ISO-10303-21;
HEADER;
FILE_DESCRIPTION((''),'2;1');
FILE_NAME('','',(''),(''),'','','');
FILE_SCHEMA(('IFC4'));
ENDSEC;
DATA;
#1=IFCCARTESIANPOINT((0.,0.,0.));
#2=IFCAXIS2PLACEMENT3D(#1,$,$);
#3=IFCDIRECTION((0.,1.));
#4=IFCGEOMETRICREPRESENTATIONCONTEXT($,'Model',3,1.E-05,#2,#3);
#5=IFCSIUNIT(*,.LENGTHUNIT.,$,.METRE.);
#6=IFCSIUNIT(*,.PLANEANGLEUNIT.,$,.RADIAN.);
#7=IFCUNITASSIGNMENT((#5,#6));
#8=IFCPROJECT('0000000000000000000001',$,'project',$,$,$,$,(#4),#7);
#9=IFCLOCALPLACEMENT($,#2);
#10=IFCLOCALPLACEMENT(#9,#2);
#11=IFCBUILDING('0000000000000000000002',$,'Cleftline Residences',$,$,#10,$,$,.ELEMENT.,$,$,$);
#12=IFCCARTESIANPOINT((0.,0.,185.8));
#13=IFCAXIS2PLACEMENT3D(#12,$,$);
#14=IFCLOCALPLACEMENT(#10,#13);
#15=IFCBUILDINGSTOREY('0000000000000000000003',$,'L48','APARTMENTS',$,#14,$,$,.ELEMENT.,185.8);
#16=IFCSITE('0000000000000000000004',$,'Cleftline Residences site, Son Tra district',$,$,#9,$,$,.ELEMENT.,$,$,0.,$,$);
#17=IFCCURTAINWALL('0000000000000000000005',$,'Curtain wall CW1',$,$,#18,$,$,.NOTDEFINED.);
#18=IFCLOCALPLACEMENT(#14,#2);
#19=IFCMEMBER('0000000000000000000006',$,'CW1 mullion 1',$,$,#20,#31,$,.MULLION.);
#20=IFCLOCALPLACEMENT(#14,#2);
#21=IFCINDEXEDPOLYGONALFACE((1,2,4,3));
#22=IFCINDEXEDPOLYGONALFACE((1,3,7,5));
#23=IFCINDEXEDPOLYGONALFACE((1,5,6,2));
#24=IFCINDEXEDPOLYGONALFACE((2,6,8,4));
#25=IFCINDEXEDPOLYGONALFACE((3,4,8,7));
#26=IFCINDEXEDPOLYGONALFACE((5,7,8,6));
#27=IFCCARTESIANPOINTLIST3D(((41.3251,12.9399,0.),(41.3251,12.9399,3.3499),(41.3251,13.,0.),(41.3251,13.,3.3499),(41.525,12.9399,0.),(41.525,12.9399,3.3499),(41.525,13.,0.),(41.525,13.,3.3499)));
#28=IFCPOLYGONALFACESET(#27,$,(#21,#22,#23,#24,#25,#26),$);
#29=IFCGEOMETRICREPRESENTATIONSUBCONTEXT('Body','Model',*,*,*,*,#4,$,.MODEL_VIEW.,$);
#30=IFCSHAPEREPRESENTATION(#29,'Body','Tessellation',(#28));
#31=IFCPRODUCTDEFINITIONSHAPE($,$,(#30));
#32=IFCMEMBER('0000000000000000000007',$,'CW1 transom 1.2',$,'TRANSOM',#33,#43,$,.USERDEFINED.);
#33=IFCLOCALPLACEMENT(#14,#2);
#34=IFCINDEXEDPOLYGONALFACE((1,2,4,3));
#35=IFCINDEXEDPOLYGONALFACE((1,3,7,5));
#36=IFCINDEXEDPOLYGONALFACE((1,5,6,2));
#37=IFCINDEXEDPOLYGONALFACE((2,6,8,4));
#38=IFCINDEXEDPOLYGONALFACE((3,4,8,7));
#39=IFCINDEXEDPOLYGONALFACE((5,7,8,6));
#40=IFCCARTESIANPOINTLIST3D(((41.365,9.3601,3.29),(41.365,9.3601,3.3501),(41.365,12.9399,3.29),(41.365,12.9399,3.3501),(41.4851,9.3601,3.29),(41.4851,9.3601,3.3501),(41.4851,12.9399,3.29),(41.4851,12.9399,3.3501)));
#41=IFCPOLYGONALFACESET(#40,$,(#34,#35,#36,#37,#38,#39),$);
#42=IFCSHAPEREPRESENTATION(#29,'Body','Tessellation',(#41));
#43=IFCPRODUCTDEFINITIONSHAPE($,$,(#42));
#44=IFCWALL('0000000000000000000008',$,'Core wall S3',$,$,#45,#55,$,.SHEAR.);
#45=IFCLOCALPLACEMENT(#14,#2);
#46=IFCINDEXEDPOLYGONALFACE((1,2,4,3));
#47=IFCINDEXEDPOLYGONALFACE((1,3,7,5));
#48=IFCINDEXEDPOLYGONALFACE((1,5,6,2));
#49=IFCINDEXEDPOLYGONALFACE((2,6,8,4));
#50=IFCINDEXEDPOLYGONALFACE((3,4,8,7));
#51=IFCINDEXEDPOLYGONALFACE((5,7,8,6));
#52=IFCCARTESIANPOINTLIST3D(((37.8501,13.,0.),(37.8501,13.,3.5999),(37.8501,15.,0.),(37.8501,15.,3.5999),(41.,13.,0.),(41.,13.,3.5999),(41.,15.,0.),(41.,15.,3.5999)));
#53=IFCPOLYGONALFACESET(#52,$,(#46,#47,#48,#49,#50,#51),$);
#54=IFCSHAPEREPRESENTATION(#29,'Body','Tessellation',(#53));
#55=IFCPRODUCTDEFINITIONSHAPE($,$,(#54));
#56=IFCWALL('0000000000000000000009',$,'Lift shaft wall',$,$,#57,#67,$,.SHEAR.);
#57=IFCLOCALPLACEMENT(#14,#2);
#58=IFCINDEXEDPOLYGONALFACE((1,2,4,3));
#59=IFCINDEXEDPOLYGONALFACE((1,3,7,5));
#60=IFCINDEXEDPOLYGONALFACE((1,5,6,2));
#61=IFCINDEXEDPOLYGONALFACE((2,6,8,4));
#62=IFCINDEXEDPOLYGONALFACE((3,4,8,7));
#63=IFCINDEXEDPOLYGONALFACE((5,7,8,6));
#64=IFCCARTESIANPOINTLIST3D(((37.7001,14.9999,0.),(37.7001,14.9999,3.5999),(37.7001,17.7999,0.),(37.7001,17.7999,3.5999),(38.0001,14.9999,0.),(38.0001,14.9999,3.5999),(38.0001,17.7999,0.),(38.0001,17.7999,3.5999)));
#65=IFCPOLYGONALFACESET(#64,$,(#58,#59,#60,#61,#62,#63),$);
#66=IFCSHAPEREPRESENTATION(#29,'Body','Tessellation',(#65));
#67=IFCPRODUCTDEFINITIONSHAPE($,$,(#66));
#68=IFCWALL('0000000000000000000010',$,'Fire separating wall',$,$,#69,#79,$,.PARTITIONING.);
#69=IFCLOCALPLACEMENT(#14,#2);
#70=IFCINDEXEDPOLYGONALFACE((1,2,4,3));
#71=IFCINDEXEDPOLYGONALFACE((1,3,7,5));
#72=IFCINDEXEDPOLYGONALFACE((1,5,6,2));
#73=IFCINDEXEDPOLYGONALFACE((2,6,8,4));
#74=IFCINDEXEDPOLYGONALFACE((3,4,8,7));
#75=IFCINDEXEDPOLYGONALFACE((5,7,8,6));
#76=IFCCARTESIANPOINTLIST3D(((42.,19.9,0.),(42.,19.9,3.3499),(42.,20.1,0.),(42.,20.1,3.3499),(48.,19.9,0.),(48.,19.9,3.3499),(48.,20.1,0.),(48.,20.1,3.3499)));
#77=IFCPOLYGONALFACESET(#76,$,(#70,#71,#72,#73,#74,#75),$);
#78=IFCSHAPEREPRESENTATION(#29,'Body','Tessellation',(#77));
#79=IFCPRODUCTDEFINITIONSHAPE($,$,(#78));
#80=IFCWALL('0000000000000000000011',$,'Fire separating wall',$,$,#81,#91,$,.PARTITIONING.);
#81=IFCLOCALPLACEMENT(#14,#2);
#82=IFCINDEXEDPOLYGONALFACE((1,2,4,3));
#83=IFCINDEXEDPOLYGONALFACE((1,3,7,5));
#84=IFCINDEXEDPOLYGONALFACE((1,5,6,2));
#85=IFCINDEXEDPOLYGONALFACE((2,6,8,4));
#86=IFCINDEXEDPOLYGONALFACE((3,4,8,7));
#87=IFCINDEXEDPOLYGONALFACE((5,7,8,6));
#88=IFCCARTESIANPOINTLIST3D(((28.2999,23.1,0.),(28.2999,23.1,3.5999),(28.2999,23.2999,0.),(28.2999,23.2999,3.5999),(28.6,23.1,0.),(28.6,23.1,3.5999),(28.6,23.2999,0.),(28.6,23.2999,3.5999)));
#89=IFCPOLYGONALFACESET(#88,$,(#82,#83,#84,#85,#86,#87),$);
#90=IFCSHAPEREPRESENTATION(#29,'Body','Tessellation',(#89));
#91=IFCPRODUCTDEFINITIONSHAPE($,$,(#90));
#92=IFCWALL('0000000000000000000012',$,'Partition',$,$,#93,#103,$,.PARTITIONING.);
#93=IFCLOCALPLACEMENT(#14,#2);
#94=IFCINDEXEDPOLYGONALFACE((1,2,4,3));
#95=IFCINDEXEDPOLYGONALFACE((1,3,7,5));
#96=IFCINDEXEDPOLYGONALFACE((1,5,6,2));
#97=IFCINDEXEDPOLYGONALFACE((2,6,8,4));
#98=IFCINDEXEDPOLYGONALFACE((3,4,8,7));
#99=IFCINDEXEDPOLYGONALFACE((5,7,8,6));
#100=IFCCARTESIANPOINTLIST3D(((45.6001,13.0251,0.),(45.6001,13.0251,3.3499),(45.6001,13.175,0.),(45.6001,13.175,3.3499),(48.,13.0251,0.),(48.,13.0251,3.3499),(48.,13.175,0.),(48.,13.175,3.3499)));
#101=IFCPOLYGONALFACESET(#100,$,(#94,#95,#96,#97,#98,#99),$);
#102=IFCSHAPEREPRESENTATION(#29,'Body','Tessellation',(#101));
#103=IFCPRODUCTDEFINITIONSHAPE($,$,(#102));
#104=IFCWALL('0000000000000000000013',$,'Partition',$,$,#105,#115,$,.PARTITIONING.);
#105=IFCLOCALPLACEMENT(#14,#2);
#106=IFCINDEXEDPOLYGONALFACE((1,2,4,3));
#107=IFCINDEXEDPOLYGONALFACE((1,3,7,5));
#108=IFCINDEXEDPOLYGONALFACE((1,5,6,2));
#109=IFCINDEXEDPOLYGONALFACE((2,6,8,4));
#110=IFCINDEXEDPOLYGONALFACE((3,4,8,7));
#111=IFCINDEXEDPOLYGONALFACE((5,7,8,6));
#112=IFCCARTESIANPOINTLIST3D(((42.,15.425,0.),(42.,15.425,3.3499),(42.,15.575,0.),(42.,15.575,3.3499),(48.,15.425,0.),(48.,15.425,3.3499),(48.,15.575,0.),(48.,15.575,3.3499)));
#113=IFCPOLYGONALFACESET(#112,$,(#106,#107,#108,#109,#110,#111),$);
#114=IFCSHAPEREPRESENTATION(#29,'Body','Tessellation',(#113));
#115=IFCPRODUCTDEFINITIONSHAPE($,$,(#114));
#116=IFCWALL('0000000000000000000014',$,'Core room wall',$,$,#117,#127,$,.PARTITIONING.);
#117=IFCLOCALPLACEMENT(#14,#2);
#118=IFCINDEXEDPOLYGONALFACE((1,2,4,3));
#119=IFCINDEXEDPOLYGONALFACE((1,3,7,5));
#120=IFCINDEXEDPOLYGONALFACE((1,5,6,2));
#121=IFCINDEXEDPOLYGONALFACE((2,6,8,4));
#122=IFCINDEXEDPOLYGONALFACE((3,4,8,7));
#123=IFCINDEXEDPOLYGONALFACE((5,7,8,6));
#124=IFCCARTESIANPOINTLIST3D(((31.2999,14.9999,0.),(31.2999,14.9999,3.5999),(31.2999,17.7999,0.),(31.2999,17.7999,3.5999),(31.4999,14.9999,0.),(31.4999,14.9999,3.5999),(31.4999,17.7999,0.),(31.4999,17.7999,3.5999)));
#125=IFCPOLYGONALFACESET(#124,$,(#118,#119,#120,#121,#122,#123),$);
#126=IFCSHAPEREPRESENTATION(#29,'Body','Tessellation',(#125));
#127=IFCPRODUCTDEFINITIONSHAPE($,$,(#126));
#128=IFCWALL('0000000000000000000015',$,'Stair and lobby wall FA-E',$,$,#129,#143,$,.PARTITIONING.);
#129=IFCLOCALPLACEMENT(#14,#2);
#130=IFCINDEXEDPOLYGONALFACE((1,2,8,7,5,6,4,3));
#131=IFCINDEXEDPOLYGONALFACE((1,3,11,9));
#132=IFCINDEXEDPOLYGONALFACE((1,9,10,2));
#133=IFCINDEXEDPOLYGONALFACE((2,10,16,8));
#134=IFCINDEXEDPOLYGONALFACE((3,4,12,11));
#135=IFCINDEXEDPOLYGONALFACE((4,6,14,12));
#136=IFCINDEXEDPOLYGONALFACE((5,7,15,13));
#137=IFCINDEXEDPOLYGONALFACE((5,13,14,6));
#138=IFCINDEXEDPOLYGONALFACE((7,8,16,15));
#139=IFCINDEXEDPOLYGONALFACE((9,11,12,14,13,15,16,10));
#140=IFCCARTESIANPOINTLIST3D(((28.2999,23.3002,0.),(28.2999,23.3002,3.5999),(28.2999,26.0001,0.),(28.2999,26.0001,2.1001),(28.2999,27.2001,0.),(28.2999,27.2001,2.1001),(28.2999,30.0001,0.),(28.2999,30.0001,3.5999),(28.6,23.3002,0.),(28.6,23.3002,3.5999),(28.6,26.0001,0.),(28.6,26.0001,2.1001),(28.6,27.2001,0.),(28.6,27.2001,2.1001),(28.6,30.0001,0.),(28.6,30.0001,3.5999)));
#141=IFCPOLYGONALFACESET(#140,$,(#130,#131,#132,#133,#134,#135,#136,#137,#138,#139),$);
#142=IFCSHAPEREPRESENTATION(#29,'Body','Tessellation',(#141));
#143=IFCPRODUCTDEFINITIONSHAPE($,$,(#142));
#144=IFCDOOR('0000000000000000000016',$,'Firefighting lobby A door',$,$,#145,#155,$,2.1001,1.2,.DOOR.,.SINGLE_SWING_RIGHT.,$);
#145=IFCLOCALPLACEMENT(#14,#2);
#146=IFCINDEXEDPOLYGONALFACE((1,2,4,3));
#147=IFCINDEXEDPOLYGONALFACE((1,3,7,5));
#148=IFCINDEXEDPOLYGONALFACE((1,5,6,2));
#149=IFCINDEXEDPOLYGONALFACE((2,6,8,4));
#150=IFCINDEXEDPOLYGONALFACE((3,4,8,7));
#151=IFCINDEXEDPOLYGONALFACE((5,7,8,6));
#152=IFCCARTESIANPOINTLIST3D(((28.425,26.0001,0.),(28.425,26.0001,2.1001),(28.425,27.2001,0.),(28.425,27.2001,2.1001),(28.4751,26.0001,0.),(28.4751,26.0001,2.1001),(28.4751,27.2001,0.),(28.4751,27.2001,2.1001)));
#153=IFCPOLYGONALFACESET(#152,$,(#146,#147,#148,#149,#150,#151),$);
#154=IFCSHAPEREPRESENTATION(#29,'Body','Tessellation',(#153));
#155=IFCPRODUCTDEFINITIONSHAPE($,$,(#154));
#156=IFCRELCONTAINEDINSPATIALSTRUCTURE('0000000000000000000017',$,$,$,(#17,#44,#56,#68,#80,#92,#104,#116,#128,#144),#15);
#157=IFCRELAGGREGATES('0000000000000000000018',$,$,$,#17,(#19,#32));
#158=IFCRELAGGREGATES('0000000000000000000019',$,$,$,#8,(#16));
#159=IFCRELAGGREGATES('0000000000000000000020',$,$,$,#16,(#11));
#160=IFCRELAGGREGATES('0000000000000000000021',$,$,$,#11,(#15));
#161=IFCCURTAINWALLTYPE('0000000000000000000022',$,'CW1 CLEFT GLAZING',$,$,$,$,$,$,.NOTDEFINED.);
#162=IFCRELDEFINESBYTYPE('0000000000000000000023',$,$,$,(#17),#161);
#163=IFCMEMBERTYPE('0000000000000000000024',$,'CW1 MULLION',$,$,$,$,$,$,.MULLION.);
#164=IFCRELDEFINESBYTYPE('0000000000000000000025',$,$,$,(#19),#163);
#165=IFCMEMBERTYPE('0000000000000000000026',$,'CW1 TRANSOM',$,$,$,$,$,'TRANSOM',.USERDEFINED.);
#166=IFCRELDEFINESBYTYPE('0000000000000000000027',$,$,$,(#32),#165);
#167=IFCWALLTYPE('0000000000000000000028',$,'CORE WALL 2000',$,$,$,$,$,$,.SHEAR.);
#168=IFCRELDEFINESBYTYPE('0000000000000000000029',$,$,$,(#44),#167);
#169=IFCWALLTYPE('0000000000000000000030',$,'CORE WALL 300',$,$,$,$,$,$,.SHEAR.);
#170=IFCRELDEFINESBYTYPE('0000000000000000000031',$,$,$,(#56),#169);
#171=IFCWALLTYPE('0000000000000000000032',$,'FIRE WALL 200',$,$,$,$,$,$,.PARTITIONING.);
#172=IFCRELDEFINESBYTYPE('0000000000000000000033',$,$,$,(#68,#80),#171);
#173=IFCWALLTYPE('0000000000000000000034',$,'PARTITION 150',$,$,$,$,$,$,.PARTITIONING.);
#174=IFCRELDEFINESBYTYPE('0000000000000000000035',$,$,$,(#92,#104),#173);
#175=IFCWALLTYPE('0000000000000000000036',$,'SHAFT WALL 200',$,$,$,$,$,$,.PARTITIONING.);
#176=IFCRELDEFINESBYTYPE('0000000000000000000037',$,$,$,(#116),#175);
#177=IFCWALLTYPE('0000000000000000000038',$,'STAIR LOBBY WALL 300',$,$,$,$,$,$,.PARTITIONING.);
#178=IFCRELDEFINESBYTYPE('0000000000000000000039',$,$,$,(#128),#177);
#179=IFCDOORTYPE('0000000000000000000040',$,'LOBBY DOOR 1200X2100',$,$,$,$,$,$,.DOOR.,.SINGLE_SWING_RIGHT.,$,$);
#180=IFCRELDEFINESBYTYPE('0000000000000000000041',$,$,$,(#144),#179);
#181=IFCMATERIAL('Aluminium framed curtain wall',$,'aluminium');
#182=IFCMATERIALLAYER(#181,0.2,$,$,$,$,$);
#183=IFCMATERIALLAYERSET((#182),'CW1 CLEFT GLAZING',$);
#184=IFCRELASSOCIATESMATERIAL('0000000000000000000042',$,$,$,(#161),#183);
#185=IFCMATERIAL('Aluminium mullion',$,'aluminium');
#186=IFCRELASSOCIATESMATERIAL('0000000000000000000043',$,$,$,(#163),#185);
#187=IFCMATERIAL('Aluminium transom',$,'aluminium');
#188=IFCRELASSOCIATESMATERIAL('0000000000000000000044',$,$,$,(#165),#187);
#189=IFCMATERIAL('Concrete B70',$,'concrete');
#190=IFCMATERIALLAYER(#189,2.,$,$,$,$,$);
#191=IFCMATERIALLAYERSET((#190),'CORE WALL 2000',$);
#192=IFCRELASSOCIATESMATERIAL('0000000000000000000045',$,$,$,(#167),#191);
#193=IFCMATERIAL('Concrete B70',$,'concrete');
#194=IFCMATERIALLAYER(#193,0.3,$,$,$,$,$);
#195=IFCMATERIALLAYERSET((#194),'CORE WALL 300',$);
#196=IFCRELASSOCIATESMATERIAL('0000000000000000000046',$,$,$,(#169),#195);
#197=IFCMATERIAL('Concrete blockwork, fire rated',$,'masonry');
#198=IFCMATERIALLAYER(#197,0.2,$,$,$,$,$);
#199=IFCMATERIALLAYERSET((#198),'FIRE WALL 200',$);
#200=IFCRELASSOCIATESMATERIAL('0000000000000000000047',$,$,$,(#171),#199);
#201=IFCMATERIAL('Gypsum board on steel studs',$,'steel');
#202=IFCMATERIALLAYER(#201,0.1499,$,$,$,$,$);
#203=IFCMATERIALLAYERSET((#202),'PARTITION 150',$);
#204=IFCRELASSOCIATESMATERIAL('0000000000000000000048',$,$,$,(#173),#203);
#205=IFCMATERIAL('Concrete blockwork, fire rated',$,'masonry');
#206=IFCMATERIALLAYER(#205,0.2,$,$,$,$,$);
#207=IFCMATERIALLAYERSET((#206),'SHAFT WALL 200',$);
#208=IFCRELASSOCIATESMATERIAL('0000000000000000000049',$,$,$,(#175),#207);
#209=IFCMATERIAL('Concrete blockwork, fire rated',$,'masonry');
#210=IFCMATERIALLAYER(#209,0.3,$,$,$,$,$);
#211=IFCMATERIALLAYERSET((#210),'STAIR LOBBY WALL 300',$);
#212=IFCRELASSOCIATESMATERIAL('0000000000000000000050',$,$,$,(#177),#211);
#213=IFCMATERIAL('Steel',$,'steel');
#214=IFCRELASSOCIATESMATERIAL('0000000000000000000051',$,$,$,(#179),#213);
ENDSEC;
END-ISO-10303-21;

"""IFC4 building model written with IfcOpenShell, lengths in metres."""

from ifc_helpers import new_model, si_unit, direction, frame, frame_2d, origin, origin_2d, place, context, subcontext, project, spatial, rectangle, extrude, material, layer, layer_set, material_profile, profile_set, type_object, element, fill, aggregate, save


model = new_model("IFC4")

# Units and contexts
model_context = context("Model", 3, precision=1e-05, world=origin(), true_north=direction((0.0, 1.0)))
body_context = subcontext(model_context, "Body", "Model", "MODEL_VIEW")
ifc_project = project(units=[si_unit("LENGTHUNIT", "METRE"), si_unit("PLANEANGLEUNIT", "RADIAN")], contexts=[model_context])

# Site, building, storey
site_placement = place(None, origin())
site = spatial("IfcSite", under=ifc_project, at=site_placement, Name="Cleftline Residences site, Son Tra district", CompositionType="ELEMENT", RefElevation=0.0)
building_placement = place(site_placement, origin())
building = spatial("IfcBuilding", under=site, at=building_placement, Name="Cleftline Residences", CompositionType="ELEMENT")
storey_placement = place(building_placement, frame((0.0, 0.0, 185.8)))
storey = spatial("IfcBuildingStorey", under=building, at=storey_placement, Name="L48", Description="APARTMENTS", CompositionType="ELEMENT", Elevation=185.8)

# Curtain wall, members
ifc_material_1 = material(Name="Aluminium framed curtain wall", Category="aluminium")
ifc_layer_1 = layer(ifc_material_1, 0.2)
ifc_layer_set_1 = layer_set([ifc_layer_1], Name="CW1 CLEFT GLAZING")
curtain_wall_type = type_object("IfcCurtainWallType", Name="CW1 CLEFT GLAZING", PredefinedType="NOTDEFINED", material=ifc_layer_set_1)
curtain_wall_placement = place(storey_placement, origin())
curtain_wall = element("IfcCurtainWall", 1, at=curtain_wall_placement, inside=storey, type_object=curtain_wall_type, Name="Curtain wall CW1", PredefinedType="NOTDEFINED")
ifc_material_2 = material(Name="Aluminium mullion", Category="aluminium")
ifc_material_profile_1 = material_profile(ifc_material_2, rectangle(XDim=0.2, YDim=0.0601, at=origin_2d()))
ifc_profile_set_1 = profile_set([ifc_material_profile_1], Name="Aluminium mullion")
member_type_1 = type_object("IfcMemberType", Name="CW1 MULLION", PredefinedType="MULLION", material=ifc_profile_set_1)
member_1_placement = place(storey_placement, frame((41.425, 12.97, 0.0), z_axis=(0.0, 0.0, 1.0), x_axis=(1.0, 0.0, 0.0)))
member_1 = element("IfcMember", 2, at=member_1_placement, type_object=member_type_1, Name="CW1 mullion 1", PredefinedType="MULLION", context=body_context, shape_type="SweptSolid", body=[
    extrude(rectangle(XDim=0.2, YDim=0.0601, at=origin_2d()), origin(), (0.0, 0.0, 1.0), 3.3499),
])
ifc_material_3 = material(Name="Aluminium transom", Category="aluminium")
ifc_material_profile_2 = material_profile(ifc_material_3, rectangle(XDim=0.1201, YDim=0.0601, at=origin_2d()))
ifc_profile_set_2 = profile_set([ifc_material_profile_2], Name="Aluminium transom")
member_type_2 = type_object("IfcMemberType", Name="CW1 TRANSOM", ElementType="TRANSOM", PredefinedType="USERDEFINED", material=ifc_profile_set_2)
member_2_placement = place(storey_placement, frame((41.425, 12.9399, 3.3201), z_axis=(0.0, -1.0, 0.0), x_axis=(1.0, 0.0, 0.0)))
member_2 = element("IfcMember", 3, at=member_2_placement, type_object=member_type_2, Name="CW1 transom 1.2", ObjectType="TRANSOM", PredefinedType="USERDEFINED", context=body_context, shape_type="SweptSolid", body=[
    extrude(rectangle(XDim=0.1201, YDim=0.0601, at=origin_2d()), origin(), (0.0, 0.0, 1.0), 3.5798),
])
aggregate(curtain_wall, [member_1, member_2])

# Walls
ifc_material_4 = material(Name="Concrete B70", Category="concrete")
ifc_layer_2 = layer(ifc_material_4, 2.0)
ifc_layer_set_2 = layer_set([ifc_layer_2], Name="CORE WALL 2000")
wall_type_1 = type_object("IfcWallType", Name="CORE WALL 2000", PredefinedType="SHEAR", material=ifc_layer_set_2)
wall_1_placement = place(storey_placement, frame((37.8501, 14.0, 0.0), z_axis=(0.0, 0.0, 1.0), x_axis=(1.0, 0.0, 0.0)))
element("IfcWall", 4, at=wall_1_placement, inside=storey, type_object=wall_type_1, Name="Core wall S3", PredefinedType="SHEAR", context=body_context, shape_type="SweptSolid", body=[
    extrude(rectangle(XDim=3.1499, YDim=2.0, at=frame_2d((1.575, 0.0))), origin(), (0.0, 0.0, 1.0), 3.5999),
])
ifc_material_5 = material(Name="Concrete B70", Category="concrete")
ifc_layer_3 = layer(ifc_material_5, 0.3)
ifc_layer_set_3 = layer_set([ifc_layer_3], Name="CORE WALL 300")
wall_type_2 = type_object("IfcWallType", Name="CORE WALL 300", PredefinedType="SHEAR", material=ifc_layer_set_3)
wall_2_placement = place(storey_placement, frame((37.8501, 15.0, 0.0), z_axis=(0.0, 0.0, 1.0), x_axis=(0.0, 1.0, 0.0)))
element("IfcWall", 5, at=wall_2_placement, inside=storey, type_object=wall_type_2, Name="Lift shaft wall", PredefinedType="SHEAR", context=body_context, shape_type="SweptSolid", body=[
    extrude(rectangle(XDim=2.8, YDim=0.3, at=frame_2d((1.3999, 0.0))), origin(), (0.0, 0.0, 1.0), 3.5999),
])
ifc_material_6 = material(Name="Concrete blockwork, fire rated", Category="masonry")
ifc_layer_4 = layer(ifc_material_6, 0.2)
ifc_layer_set_4 = layer_set([ifc_layer_4], Name="FIRE WALL 200")
wall_type_3 = type_object("IfcWallType", Name="FIRE WALL 200", PredefinedType="PARTITIONING", material=ifc_layer_set_4)
wall_3_placement = place(storey_placement, frame((42.0, 20.0, 0.0), z_axis=(0.0, 0.0, 1.0), x_axis=(1.0, 0.0, 0.0)))
element("IfcWall", 6, at=wall_3_placement, inside=storey, type_object=wall_type_3, Name="Fire separating wall", PredefinedType="PARTITIONING", context=body_context, shape_type="SweptSolid", body=[
    extrude(rectangle(XDim=6.0, YDim=0.2, at=frame_2d((3.0, 0.0))), origin(), (0.0, 0.0, 1.0), 3.3499),
])
wall_4_placement = place(storey_placement, frame((28.3, 23.2, 0.0), z_axis=(0.0, 0.0, 1.0), x_axis=(1.0, 0.0, 0.0)))
element("IfcWall", 7, at=wall_4_placement, inside=storey, type_object=wall_type_3, Name="Fire separating wall", PredefinedType="PARTITIONING", context=body_context, shape_type="SweptSolid", body=[
    extrude(rectangle(XDim=0.3, YDim=0.2, at=frame_2d((0.1499, 0.0))), origin(), (0.0, 0.0, 1.0), 3.5999),
])
ifc_material_7 = material(Name="Gypsum board on steel studs", Category="steel")
ifc_layer_5 = layer(ifc_material_7, 0.1499)
ifc_layer_set_5 = layer_set([ifc_layer_5], Name="PARTITION 150")
wall_type_4 = type_object("IfcWallType", Name="PARTITION 150", PredefinedType="PARTITIONING", material=ifc_layer_set_5)
wall_5_placement = place(storey_placement, frame((45.6001, 13.1001, 0.0), z_axis=(0.0, 0.0, 1.0), x_axis=(1.0, 0.0, 0.0)))
element("IfcWall", 8, at=wall_5_placement, inside=storey, type_object=wall_type_4, Name="Partition", PredefinedType="PARTITIONING", context=body_context, shape_type="SweptSolid", body=[
    extrude(rectangle(XDim=2.3999, YDim=0.1499, at=frame_2d((1.2, 0.0))), origin(), (0.0, 0.0, 1.0), 3.3499),
])
wall_6_placement = place(storey_placement, frame((42.0, 15.5, 0.0), z_axis=(0.0, 0.0, 1.0), x_axis=(1.0, 0.0, 0.0)))
element("IfcWall", 9, at=wall_6_placement, inside=storey, type_object=wall_type_4, Name="Partition", PredefinedType="PARTITIONING", context=body_context, shape_type="SweptSolid", body=[
    extrude(rectangle(XDim=6.0, YDim=0.1499, at=frame_2d((3.0, 0.0))), origin(), (0.0, 0.0, 1.0), 3.3499),
])
ifc_material_8 = material(Name="Concrete blockwork, fire rated", Category="masonry")
ifc_layer_6 = layer(ifc_material_8, 0.2)
ifc_layer_set_6 = layer_set([ifc_layer_6], Name="SHAFT WALL 200")
wall_type_5 = type_object("IfcWallType", Name="SHAFT WALL 200", PredefinedType="PARTITIONING", material=ifc_layer_set_6)
wall_7_placement = place(storey_placement, frame((31.3999, 15.0, 0.0), z_axis=(0.0, 0.0, 1.0), x_axis=(0.0, 1.0, 0.0)))
element("IfcWall", 10, at=wall_7_placement, inside=storey, type_object=wall_type_5, Name="Core room wall", PredefinedType="PARTITIONING", context=body_context, shape_type="SweptSolid", body=[
    extrude(rectangle(XDim=2.8, YDim=0.2, at=frame_2d((1.3999, 0.0))), origin(), (0.0, 0.0, 1.0), 3.5999),
])

# Wall, opening, door
ifc_material_9 = material(Name="Concrete blockwork, fire rated", Category="masonry")
ifc_layer_7 = layer(ifc_material_9, 0.3)
ifc_layer_set_7 = layer_set([ifc_layer_7], Name="STAIR LOBBY WALL 300")
wall_type_6 = type_object("IfcWallType", Name="STAIR LOBBY WALL 300", PredefinedType="PARTITIONING", material=ifc_layer_set_7)
wall_8_placement = place(storey_placement, frame((28.45, 23.3, 0.0), z_axis=(0.0, 0.0, 1.0), x_axis=(0.0, 1.0, 0.0)))
wall_8 = element("IfcWall", 11, at=wall_8_placement, inside=storey, type_object=wall_type_6, Name="Stair and lobby wall FA-E", PredefinedType="PARTITIONING", context=body_context, shape_type="SweptSolid", body=[
    extrude(rectangle(XDim=6.7, YDim=0.3, at=frame_2d((3.3501, 0.0))), origin(), (0.0, 0.0, 1.0), 3.5999),
])
opening_1_placement = place(wall_8_placement, frame((2.7, 0.0, 0.0)))
opening_1 = element("IfcOpeningElement", 12, at=opening_1_placement, cuts=wall_8, PredefinedType="OPENING", context=body_context, shape_type="SweptSolid", body=[
    extrude(rectangle(XDim=1.2, YDim=2.1001, at=frame_2d((0.6001, 1.05))), frame((0.0, 0.1599, 0.0), z_axis=(0.0, -1.0, 0.0), x_axis=(1.0, 0.0, 0.0)), (0.0, 0.0, 1.0), 0.3201),
])
ifc_material_10 = material(Name="Steel", Category="steel")
door_type_1 = type_object("IfcDoorType", Name="LOBBY DOOR 1200X2100", OperationType="SINGLE_SWING_RIGHT", PredefinedType="DOOR", material=ifc_material_10)
door_1_placement = place(opening_1_placement, origin())
door_1 = element("IfcDoor", 13, at=door_1_placement, inside=storey, type_object=door_type_1, Name="Firefighting lobby A door", OperationType="SINGLE_SWING_RIGHT", OverallHeight=2.1001, OverallWidth=1.2, PredefinedType="DOOR", context=body_context, shape_type="SweptSolid", body=[
    extrude(rectangle(XDim=1.2, YDim=2.1001, at=frame_2d((0.6001, 1.05))), frame((0.0, 0.0249, 0.0), z_axis=(0.0, -1.0, 0.0), x_axis=(1.0, 0.0, 0.0)), (0.0, 0.0, 1.0), 0.05),
])
fill(opening_1, door_1)

save(model, "model.ifc")
